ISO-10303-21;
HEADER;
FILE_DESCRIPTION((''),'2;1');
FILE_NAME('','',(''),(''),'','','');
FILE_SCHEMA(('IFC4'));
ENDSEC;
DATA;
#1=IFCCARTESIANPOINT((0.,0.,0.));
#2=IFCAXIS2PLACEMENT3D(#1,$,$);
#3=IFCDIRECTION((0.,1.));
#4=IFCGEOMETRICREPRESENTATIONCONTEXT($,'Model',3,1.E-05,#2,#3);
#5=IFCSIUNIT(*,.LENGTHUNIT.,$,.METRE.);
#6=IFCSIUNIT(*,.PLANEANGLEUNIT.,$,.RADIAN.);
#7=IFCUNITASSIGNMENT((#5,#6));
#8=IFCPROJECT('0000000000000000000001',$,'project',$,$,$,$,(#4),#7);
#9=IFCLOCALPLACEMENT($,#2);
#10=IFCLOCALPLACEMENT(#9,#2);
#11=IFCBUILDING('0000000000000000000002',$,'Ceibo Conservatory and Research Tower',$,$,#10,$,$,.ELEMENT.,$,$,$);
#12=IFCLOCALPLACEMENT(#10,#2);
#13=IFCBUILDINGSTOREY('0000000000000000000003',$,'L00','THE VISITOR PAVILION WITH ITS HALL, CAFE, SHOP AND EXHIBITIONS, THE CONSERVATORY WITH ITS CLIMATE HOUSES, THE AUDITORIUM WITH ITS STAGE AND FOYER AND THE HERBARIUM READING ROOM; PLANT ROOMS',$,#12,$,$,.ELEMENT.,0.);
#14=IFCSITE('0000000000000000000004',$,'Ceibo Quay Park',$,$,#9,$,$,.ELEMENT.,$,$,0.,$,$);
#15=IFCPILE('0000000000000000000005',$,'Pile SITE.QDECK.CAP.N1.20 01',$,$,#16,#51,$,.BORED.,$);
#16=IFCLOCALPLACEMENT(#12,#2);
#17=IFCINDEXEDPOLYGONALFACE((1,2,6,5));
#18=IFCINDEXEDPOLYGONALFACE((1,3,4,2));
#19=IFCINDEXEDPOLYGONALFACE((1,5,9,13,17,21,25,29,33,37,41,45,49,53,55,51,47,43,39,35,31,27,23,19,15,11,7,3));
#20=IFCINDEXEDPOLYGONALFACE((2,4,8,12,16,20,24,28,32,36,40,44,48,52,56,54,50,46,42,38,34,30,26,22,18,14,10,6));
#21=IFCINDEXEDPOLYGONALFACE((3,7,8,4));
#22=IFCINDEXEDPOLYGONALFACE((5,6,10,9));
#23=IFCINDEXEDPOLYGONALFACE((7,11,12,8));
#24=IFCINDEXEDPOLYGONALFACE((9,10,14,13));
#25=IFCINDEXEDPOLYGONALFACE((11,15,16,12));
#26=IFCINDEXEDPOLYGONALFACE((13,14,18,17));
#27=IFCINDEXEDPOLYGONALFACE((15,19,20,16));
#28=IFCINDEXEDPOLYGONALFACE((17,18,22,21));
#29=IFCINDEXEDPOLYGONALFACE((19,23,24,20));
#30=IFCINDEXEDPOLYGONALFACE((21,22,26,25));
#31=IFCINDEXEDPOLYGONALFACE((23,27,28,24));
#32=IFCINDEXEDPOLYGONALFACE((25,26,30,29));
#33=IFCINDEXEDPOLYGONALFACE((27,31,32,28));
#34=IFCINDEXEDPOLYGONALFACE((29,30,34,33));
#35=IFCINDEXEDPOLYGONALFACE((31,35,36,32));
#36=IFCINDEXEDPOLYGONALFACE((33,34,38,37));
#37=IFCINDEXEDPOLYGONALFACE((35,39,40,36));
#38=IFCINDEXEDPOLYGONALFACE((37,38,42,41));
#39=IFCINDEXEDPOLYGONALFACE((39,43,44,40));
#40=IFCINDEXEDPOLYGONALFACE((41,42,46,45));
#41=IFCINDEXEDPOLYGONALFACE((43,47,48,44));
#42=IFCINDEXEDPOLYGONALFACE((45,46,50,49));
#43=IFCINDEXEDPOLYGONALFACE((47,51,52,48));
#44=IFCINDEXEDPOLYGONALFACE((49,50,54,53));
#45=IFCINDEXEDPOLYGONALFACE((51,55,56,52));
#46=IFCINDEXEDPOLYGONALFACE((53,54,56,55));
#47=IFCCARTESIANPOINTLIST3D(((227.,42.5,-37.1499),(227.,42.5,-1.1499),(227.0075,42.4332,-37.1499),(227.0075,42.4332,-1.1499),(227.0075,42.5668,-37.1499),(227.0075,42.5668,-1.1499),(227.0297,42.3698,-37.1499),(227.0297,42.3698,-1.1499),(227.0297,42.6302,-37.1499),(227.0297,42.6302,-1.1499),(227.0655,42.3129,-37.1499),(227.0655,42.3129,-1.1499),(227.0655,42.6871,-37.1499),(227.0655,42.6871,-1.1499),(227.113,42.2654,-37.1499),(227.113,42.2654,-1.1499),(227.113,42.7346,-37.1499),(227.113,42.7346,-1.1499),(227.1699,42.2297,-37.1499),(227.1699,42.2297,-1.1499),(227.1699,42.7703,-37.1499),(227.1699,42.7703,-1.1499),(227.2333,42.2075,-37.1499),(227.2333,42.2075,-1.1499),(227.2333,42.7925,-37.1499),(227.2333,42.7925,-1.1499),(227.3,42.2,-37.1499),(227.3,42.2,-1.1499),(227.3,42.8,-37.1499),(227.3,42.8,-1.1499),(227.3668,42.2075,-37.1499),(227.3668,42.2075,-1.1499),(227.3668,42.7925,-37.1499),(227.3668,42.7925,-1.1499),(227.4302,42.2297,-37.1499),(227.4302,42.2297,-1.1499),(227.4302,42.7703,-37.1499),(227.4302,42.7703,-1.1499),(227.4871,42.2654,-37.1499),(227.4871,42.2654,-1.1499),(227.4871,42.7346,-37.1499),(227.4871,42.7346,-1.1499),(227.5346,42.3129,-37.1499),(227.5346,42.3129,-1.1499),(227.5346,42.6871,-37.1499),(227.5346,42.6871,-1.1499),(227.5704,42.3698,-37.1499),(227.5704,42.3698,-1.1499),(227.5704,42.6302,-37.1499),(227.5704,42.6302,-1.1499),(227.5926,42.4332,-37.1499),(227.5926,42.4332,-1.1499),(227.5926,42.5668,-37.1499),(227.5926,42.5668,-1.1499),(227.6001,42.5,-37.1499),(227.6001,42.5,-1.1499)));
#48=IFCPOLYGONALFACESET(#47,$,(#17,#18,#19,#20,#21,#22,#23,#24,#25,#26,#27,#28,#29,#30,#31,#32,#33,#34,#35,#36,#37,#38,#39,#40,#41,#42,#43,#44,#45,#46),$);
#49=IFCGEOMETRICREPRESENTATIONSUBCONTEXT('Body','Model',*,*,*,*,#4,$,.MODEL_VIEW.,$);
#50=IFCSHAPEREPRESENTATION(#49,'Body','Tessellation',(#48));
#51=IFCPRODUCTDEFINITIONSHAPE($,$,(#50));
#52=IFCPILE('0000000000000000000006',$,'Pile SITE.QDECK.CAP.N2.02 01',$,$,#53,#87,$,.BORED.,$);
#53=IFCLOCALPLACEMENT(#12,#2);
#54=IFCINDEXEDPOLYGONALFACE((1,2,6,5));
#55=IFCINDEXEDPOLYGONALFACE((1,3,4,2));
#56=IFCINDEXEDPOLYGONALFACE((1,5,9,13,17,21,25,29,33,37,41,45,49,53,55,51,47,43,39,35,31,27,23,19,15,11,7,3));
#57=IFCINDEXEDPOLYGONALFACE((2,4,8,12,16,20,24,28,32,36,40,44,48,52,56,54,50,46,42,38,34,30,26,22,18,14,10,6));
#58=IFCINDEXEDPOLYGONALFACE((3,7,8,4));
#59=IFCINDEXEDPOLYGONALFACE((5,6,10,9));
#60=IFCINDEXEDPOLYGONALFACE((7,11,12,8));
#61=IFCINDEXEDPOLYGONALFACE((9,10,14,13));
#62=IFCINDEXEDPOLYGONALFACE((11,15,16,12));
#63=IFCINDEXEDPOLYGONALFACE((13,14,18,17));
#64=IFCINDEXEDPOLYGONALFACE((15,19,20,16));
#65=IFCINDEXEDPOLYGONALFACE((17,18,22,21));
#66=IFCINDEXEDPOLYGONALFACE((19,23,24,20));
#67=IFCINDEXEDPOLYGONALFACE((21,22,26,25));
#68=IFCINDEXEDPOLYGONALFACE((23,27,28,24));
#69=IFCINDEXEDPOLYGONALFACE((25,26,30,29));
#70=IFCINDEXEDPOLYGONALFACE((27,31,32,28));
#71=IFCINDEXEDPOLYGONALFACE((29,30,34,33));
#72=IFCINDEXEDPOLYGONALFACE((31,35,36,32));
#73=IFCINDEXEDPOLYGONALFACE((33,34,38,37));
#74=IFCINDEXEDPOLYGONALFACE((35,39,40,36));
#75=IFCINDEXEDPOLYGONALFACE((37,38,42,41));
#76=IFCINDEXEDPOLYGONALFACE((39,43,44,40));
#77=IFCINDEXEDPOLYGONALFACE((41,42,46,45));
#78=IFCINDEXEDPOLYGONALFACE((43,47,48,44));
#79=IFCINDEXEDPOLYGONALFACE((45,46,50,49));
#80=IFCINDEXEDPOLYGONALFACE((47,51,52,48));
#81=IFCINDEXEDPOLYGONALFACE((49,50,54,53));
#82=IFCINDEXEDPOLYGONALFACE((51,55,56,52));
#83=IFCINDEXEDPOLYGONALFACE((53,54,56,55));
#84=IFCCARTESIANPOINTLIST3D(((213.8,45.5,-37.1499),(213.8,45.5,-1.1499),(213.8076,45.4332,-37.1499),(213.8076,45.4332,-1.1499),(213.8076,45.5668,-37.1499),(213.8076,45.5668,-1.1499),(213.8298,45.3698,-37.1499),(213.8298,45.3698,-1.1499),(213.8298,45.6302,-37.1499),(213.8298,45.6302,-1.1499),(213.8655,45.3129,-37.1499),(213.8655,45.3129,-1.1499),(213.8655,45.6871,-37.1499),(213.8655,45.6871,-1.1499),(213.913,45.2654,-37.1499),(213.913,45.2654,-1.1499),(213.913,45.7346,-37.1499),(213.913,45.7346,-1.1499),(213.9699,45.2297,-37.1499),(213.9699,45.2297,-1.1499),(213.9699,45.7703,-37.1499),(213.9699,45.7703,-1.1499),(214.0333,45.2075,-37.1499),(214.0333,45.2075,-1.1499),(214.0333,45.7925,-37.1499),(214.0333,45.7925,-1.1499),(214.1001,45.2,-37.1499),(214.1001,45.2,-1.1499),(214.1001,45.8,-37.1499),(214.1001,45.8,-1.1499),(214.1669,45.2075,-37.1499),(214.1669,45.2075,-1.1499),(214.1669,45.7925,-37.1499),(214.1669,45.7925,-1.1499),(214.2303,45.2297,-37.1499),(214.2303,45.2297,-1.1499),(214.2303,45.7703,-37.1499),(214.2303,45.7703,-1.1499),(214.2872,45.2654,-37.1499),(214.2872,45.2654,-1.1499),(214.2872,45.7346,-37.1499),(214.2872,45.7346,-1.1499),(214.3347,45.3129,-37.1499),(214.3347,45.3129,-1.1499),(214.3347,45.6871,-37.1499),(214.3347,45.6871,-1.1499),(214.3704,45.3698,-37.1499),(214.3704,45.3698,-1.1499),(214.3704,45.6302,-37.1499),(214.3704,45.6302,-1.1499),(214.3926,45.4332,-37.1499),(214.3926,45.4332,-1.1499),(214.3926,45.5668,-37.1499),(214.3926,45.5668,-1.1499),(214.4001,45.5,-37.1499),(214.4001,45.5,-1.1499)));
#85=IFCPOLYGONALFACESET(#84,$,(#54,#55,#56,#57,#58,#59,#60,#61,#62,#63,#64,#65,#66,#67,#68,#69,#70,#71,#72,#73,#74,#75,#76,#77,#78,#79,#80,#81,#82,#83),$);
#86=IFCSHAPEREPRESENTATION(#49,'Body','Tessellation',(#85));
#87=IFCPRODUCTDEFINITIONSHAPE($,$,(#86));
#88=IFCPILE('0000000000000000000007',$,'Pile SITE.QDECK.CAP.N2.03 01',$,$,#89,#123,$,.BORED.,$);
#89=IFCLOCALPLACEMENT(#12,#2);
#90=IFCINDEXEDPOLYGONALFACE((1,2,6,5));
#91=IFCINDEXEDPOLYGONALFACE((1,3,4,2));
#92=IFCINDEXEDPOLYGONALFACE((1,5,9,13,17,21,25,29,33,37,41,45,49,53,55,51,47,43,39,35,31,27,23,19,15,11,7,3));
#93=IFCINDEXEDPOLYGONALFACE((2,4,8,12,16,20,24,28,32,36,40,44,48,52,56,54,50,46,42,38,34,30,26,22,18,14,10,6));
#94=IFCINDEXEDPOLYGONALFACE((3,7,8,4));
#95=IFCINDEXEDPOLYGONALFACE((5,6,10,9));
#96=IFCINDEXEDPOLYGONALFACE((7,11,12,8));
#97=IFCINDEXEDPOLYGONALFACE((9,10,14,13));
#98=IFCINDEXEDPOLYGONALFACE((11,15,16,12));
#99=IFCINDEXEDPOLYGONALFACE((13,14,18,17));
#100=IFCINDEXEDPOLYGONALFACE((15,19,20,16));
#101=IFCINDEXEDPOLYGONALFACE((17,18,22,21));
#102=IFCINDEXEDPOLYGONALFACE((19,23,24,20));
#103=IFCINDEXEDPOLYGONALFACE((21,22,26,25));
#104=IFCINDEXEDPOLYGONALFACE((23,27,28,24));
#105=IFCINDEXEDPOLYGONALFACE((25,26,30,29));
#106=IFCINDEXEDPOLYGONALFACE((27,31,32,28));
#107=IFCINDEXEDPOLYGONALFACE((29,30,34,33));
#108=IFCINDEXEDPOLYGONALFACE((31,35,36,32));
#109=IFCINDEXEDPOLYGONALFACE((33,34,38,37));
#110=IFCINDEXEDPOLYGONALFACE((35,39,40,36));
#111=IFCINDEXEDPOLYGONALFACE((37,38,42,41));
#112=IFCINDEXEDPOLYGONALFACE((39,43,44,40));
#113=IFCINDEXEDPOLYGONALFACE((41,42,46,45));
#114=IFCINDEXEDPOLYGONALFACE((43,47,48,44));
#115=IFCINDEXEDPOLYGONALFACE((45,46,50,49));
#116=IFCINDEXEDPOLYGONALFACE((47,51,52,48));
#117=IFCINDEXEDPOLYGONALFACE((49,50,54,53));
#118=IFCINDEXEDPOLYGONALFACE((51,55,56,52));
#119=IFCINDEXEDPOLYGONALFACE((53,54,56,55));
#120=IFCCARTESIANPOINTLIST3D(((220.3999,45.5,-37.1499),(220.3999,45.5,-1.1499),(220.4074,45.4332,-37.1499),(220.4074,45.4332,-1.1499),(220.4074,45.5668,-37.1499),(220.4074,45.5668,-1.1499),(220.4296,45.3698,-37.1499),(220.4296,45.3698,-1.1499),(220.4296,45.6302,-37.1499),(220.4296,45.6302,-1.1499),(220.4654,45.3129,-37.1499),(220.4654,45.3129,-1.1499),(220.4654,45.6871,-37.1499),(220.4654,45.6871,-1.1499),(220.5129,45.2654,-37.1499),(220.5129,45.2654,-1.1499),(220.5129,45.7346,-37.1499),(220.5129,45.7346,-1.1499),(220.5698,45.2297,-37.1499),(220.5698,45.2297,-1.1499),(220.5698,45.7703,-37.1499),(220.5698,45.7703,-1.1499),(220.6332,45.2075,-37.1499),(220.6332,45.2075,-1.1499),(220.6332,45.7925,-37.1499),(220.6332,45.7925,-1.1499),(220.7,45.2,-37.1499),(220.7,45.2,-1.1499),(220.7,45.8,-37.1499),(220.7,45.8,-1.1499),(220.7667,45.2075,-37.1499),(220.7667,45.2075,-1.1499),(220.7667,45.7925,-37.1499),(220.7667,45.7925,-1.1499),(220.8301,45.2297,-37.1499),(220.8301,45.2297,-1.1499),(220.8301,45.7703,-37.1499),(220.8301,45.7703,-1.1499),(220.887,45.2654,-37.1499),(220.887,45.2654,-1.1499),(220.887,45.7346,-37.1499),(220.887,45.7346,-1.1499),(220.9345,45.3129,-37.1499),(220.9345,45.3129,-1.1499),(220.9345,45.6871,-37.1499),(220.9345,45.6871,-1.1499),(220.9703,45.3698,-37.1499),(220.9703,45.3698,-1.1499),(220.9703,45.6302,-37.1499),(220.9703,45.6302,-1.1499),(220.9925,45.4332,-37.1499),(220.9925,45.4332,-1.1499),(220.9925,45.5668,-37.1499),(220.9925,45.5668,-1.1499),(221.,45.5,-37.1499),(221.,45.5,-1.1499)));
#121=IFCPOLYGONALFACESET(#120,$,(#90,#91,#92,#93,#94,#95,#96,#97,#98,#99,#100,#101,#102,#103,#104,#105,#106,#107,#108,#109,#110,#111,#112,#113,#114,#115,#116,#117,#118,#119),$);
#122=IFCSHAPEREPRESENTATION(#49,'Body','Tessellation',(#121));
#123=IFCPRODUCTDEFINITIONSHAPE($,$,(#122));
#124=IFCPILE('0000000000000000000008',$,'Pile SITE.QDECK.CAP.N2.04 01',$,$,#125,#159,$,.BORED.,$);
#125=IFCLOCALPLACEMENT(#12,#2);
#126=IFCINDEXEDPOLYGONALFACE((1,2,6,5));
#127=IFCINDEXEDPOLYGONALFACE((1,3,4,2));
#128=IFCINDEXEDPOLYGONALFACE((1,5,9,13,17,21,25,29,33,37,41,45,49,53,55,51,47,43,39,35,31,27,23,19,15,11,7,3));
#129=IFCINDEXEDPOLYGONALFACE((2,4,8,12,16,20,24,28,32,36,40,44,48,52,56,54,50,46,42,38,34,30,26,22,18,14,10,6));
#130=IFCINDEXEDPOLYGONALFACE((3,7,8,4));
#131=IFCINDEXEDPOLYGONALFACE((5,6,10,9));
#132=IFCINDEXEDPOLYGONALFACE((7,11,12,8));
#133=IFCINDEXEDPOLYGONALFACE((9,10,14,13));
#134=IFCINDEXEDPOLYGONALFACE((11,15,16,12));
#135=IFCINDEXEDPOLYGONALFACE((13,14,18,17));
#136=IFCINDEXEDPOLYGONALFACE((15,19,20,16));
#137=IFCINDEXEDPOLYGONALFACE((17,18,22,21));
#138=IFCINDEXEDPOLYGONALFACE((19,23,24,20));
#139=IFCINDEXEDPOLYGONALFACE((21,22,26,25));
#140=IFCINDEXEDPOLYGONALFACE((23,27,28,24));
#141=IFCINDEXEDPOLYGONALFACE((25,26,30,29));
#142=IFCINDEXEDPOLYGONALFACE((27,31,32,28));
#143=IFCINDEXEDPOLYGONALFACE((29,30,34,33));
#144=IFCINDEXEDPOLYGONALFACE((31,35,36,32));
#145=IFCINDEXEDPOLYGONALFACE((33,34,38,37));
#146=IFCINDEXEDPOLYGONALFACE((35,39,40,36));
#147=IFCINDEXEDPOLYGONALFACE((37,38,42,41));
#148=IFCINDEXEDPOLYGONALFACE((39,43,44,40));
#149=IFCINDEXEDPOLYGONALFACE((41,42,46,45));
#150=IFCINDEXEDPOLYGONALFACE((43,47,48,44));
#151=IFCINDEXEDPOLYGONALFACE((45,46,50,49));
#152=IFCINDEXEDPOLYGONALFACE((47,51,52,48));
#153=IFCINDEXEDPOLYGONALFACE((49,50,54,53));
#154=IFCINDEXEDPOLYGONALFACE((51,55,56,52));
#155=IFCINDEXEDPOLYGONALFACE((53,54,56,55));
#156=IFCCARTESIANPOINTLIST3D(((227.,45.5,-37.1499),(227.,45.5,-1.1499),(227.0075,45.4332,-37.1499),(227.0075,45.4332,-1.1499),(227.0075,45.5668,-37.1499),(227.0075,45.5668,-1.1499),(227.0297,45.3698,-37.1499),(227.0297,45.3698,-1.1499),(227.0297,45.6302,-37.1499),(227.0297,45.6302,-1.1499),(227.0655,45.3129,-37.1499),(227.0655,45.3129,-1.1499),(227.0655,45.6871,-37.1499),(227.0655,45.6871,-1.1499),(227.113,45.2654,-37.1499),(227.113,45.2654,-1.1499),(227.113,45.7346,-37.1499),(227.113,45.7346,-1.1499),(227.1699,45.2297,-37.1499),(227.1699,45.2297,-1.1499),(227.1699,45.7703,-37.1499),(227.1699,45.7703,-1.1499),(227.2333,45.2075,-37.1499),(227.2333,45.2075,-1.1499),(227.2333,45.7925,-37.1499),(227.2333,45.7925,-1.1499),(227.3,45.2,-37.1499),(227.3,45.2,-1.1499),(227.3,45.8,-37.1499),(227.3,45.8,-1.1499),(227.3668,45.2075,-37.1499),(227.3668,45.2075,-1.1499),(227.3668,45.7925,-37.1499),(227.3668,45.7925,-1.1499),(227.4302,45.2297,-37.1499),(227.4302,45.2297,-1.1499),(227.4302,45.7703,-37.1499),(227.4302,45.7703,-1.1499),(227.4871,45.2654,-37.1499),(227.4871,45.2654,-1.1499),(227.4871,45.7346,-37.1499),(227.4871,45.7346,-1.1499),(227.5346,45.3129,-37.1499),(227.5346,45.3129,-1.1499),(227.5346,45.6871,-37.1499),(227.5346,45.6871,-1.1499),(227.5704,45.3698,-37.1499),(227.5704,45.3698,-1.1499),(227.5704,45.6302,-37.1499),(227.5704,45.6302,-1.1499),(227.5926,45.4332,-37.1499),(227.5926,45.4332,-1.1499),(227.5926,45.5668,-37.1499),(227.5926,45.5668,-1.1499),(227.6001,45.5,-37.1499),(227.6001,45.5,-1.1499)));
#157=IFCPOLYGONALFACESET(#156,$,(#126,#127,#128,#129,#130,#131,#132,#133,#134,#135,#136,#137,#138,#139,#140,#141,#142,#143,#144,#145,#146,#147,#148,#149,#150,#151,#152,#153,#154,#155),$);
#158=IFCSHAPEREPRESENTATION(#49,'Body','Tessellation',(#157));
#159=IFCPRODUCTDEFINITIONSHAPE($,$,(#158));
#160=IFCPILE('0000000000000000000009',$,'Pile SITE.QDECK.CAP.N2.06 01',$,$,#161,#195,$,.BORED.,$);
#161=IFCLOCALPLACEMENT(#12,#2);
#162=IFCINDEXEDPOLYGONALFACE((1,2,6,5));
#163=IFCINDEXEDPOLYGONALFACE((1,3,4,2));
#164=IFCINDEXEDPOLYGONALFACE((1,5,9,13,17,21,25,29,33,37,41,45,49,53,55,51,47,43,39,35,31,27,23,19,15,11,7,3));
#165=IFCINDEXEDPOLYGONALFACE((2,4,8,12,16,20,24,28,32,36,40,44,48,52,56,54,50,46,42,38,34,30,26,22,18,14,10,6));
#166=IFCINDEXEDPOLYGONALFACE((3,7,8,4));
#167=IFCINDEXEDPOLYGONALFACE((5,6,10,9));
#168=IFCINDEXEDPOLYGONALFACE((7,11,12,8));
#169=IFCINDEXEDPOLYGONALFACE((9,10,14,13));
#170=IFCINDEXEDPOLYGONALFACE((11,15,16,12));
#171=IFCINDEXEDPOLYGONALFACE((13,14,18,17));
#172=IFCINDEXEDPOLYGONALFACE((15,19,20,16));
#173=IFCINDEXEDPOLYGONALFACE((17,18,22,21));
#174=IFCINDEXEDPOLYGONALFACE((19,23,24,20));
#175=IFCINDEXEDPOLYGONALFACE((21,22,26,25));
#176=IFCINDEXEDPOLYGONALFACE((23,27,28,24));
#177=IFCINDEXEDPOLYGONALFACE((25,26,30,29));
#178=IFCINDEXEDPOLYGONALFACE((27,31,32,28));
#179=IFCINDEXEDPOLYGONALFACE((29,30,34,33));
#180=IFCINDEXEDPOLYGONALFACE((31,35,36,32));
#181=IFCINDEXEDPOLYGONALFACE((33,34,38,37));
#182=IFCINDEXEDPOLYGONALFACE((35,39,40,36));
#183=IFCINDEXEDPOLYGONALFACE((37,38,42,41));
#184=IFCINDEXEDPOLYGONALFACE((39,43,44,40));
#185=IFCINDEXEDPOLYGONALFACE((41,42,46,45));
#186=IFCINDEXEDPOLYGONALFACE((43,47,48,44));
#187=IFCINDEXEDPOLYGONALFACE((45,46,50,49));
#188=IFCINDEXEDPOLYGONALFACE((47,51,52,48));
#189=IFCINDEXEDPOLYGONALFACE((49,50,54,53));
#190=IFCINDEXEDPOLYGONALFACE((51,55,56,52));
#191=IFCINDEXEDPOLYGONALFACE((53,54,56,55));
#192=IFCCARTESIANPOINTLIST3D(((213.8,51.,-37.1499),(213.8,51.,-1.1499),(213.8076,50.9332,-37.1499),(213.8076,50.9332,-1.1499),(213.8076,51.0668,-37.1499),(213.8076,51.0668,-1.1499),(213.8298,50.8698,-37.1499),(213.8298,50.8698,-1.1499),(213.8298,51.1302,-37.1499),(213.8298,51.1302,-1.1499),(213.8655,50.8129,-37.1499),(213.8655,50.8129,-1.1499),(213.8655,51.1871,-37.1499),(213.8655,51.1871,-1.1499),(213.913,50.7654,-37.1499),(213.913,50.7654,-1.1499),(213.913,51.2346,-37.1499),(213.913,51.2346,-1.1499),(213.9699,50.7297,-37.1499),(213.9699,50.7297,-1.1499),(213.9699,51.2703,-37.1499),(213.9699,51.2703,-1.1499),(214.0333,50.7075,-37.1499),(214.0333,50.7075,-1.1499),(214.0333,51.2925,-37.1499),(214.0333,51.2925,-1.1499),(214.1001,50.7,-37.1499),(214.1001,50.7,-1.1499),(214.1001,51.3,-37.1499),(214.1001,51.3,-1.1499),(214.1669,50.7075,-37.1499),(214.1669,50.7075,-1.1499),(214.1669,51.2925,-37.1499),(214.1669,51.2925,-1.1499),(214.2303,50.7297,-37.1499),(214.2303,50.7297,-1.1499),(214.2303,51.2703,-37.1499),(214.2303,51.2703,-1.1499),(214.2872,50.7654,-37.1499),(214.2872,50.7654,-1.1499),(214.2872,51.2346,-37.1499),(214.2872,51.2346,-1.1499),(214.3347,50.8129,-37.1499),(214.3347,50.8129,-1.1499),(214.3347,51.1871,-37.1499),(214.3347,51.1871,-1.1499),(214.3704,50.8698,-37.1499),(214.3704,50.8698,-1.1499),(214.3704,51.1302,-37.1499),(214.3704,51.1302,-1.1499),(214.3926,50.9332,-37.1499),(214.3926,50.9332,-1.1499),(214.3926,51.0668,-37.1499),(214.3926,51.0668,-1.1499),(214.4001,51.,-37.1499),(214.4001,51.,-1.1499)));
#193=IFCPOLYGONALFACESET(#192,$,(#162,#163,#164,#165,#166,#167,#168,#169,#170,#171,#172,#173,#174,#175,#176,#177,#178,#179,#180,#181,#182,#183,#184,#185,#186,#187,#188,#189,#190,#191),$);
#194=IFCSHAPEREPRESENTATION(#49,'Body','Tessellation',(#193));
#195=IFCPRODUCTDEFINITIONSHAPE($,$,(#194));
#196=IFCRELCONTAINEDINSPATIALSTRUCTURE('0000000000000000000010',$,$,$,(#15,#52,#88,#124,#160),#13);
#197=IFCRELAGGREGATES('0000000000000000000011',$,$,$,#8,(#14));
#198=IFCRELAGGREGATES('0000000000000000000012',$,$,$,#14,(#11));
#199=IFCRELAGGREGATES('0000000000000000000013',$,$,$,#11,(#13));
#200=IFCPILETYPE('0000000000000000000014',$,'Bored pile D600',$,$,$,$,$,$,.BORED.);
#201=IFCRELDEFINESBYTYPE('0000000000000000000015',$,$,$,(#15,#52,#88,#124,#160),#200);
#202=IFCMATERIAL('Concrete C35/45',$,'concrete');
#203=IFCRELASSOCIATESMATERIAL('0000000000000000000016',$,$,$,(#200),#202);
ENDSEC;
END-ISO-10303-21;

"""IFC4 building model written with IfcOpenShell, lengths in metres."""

from ifc_helpers import new_model, si_unit, direction, frame, origin, origin_2d, place, context, subcontext, project, spatial, circle, extrude, material, material_profile, profile_set, type_object, element, save


model = new_model("IFC4")

# Units and contexts
model_context = context("Model", 3, precision=1e-05, world=origin(), true_north=direction((0.0, 1.0)))
body_context = subcontext(model_context, "Body", "Model", "MODEL_VIEW")
ifc_project = project(units=[si_unit("LENGTHUNIT", "METRE"), si_unit("PLANEANGLEUNIT", "RADIAN")], contexts=[model_context])

# Site, building, storey
site_placement = place(None, origin())
site = spatial("IfcSite", under=ifc_project, at=site_placement, Name="Ceibo Quay Park", CompositionType="ELEMENT", RefElevation=0.0)
building_placement = place(site_placement, origin())
building = spatial("IfcBuilding", under=site, at=building_placement, Name="Ceibo Conservatory and Research Tower", CompositionType="ELEMENT")
storey_placement = place(building_placement, origin())
storey = spatial("IfcBuildingStorey", under=building, at=storey_placement, Name="L00", Description="THE VISITOR PAVILION WITH ITS HALL, CAFE, SHOP AND EXHIBITIONS, THE CONSERVATORY WITH ITS CLIMATE HOUSES, THE AUDITORIUM WITH ITS STAGE AND FOYER AND THE HERBARIUM READING ROOM; PLANT ROOMS", CompositionType="ELEMENT", Elevation=0.0)

# Piles
ifc_material_1 = material(Name="Concrete C35/45", Category="concrete")
ifc_material_profile = material_profile(ifc_material_1, circle(Radius=0.3, at=origin_2d()), Name="RC D600")
ifc_profile_set = profile_set([ifc_material_profile], Name="Concrete C35/45")
pile_type = type_object("IfcPileType", Name="Bored pile D600", PredefinedType="BORED", material=ifc_profile_set)
for number, where, z_axis, x_axis, name in (
    (1, (227.3, 42.5, -1.1499), (0.0, 0.0, -1.0), (1.0, 0.0, 0.0), "Pile SITE.QDECK.CAP.N1.20 01"),
    (2, (214.1001, 45.5, -1.1499), (0.0, 0.0, -1.0), (1.0, 0.0, 0.0), "Pile SITE.QDECK.CAP.N2.02 01"),
    (3, (220.7, 45.5, -1.1499), (0.0, 0.0, -1.0), (1.0, 0.0, 0.0), "Pile SITE.QDECK.CAP.N2.03 01"),
    (4, (227.3, 45.5, -1.1499), (0.0, 0.0, -1.0), (1.0, 0.0, 0.0), "Pile SITE.QDECK.CAP.N2.04 01"),
    (5, (214.1001, 51.0, -1.1499), (0.0, 0.0, -1.0), (1.0, 0.0, 0.0), "Pile SITE.QDECK.CAP.N2.06 01"),
):
    element("IfcPile", number, at=place(storey_placement, frame(where, z_axis=z_axis, x_axis=x_axis)), inside=storey, type_object=pile_type, Name=name, PredefinedType="BORED", context=body_context, shape_type="SweptSolid", body=[
        extrude(circle(Radius=0.3, at=origin_2d()), origin(), (0.0, 0.0, 1.0), 36.0),
    ])

save(model, "model.ifc")
